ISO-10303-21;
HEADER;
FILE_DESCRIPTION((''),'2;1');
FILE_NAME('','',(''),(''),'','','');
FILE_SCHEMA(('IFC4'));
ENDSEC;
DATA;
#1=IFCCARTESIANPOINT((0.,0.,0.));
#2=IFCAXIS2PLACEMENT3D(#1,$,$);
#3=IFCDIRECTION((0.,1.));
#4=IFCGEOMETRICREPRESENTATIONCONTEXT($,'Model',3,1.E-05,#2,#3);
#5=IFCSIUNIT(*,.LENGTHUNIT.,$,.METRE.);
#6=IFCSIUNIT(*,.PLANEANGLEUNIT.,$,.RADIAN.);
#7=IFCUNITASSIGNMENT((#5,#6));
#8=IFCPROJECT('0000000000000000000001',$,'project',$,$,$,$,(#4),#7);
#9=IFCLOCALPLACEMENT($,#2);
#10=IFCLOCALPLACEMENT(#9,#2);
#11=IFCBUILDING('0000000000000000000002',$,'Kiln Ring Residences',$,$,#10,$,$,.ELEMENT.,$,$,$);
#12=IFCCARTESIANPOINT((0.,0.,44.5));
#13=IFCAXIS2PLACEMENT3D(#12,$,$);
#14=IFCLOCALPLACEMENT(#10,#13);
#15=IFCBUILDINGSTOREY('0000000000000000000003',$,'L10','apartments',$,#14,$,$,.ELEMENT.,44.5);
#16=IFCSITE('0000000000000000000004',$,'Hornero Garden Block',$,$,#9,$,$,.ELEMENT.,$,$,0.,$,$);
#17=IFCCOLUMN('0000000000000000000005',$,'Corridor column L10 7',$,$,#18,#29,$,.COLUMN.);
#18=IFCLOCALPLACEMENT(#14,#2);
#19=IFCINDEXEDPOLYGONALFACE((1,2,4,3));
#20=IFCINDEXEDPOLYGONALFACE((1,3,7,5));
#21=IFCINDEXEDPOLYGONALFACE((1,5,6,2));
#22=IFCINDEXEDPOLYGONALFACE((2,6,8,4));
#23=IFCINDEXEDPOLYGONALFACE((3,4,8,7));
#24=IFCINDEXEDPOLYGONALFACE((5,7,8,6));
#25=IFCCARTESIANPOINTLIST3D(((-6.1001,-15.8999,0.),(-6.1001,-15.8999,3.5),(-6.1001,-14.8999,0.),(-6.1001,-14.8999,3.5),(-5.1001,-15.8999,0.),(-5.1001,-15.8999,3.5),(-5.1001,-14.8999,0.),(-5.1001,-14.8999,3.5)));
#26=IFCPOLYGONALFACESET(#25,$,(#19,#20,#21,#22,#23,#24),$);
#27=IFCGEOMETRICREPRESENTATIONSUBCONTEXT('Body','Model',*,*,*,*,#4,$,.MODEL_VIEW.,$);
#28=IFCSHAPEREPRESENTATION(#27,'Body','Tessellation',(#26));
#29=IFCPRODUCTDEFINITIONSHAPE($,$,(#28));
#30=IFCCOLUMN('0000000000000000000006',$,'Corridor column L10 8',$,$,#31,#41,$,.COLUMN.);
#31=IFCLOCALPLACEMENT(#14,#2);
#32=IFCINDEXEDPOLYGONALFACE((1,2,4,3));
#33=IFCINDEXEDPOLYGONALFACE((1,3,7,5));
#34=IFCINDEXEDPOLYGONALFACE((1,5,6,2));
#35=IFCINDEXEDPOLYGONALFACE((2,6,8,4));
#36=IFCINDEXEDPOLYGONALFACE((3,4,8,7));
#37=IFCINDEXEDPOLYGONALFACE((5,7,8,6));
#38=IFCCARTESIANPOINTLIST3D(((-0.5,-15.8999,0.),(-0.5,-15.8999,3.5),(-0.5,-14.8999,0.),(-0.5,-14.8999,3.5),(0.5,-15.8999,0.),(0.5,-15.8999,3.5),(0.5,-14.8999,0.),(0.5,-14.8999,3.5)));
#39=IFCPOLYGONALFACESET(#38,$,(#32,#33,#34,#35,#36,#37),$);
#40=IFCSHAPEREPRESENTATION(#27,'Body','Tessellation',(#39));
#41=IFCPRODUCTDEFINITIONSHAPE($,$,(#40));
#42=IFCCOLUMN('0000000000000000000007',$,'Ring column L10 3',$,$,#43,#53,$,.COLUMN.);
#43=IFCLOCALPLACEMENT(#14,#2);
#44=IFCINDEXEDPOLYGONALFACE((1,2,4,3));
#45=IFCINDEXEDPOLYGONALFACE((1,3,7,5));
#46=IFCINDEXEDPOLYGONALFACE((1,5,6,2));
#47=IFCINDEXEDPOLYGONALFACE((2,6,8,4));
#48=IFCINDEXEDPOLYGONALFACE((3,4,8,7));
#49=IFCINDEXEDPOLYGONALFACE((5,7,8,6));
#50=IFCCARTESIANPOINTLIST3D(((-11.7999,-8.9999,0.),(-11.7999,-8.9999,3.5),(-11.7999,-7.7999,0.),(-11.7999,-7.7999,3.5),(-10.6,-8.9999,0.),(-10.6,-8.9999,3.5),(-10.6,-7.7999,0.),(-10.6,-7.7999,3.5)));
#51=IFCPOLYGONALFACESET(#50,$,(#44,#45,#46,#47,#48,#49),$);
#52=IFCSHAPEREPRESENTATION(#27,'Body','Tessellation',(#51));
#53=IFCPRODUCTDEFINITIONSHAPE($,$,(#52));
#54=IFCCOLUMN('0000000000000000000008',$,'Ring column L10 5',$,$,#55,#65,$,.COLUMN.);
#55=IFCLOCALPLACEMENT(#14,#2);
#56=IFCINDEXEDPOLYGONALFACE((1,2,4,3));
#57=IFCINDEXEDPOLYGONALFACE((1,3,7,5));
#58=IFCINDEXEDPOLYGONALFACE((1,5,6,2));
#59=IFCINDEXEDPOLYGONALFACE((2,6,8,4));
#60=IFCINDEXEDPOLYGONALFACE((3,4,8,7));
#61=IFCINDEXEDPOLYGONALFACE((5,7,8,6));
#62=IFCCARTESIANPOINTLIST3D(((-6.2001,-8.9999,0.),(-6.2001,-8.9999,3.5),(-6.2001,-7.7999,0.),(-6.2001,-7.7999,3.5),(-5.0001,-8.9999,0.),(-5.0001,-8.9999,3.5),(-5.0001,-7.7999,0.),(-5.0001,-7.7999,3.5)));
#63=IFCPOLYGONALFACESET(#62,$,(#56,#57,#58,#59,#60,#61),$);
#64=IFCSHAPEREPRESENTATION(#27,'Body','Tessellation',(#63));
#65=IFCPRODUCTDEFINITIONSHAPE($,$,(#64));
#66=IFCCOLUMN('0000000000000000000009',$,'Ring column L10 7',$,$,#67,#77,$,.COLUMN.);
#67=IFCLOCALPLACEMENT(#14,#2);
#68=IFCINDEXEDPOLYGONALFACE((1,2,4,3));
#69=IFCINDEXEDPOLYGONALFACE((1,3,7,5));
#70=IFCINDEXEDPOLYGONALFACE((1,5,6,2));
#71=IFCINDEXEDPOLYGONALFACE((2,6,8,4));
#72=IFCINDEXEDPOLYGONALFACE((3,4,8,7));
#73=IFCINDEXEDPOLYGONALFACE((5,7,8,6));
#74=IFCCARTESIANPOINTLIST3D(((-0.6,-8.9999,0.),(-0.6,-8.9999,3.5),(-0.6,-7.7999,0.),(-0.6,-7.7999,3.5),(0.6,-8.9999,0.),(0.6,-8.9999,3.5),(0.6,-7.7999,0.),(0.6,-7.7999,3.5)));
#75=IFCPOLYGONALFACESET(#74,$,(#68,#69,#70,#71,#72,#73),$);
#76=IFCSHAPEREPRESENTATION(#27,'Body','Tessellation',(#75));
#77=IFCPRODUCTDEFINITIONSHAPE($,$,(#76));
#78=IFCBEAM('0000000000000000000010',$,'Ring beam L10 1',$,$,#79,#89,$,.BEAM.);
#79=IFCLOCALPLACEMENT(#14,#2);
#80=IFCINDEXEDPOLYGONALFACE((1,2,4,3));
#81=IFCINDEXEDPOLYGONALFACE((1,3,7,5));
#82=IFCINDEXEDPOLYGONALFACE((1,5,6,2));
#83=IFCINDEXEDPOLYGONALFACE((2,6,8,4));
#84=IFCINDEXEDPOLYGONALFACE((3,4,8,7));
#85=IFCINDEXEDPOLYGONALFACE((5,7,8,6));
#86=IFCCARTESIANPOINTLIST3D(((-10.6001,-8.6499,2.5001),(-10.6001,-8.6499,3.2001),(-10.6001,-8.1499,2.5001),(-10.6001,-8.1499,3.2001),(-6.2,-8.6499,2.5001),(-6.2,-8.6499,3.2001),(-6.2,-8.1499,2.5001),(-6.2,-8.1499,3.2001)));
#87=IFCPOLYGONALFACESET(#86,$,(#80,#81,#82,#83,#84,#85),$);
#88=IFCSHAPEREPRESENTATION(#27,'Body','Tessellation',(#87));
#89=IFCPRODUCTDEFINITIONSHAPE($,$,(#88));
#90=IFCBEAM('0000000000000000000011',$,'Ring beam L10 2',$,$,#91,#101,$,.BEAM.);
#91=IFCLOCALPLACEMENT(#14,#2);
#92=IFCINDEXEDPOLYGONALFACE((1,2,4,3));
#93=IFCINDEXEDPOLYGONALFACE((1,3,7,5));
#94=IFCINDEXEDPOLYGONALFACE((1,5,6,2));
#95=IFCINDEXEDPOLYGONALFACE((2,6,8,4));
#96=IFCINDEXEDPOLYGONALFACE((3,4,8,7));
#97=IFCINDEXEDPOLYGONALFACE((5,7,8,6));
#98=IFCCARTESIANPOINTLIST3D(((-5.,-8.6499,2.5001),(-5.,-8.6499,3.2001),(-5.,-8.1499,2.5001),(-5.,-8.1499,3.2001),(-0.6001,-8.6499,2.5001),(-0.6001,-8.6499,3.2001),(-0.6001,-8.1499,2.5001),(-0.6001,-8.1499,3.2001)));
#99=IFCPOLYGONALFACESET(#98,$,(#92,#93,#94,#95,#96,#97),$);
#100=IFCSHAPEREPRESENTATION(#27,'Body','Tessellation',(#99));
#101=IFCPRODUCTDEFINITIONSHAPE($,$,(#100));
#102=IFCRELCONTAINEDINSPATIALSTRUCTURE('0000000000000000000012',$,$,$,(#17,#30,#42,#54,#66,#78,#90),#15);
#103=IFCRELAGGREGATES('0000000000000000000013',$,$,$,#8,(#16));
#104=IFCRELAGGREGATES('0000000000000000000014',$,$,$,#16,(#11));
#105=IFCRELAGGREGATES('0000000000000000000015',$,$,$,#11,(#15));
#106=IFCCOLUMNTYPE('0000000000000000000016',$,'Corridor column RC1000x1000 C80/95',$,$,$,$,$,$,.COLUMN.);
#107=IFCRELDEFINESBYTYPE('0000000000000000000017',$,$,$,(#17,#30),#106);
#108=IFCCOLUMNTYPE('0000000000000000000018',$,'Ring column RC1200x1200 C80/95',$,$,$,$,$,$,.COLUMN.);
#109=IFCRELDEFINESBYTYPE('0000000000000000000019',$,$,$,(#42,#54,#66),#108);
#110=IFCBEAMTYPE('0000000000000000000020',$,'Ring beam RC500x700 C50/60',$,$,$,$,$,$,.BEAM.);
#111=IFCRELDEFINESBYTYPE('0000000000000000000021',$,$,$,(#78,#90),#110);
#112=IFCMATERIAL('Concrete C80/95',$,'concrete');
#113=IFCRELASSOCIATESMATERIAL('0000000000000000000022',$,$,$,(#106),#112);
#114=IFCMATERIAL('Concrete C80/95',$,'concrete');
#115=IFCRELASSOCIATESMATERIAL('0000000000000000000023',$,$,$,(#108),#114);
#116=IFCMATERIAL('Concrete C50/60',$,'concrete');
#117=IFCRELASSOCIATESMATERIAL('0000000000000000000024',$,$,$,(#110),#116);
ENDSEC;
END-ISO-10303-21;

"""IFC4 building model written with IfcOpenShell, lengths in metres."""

from ifc_helpers import new_model, si_unit, direction, frame, origin, origin_2d, place, context, subcontext, project, spatial, rectangle, extrude, material, material_profile, profile_set, type_object, element, save


model = new_model("IFC4")

# Units and contexts
model_context = context("Model", 3, precision=1e-05, world=origin(), true_north=direction((0.0, 1.0)))
body_context = subcontext(model_context, "Body", "Model", "MODEL_VIEW")
ifc_project = project(units=[si_unit("LENGTHUNIT", "METRE"), si_unit("PLANEANGLEUNIT", "RADIAN")], contexts=[model_context])

# Site, building, storey
site_placement = place(None, origin())
site = spatial("IfcSite", under=ifc_project, at=site_placement, Name="Hornero Garden Block", CompositionType="ELEMENT", RefElevation=0.0)
building_placement = place(site_placement, origin())
building = spatial("IfcBuilding", under=site, at=building_placement, Name="Kiln Ring Residences", CompositionType="ELEMENT")
storey_placement = place(building_placement, frame((0.0, 0.0, 44.5)))
storey = spatial("IfcBuildingStorey", under=building, at=storey_placement, Name="L10", Description="apartments", CompositionType="ELEMENT", Elevation=44.5)

# Columns
ifc_material_1 = material(Name="Concrete C80/95", Category="concrete")
ifc_material_profile_1 = material_profile(ifc_material_1, rectangle(XDim=1.0, YDim=1.0, at=origin_2d()), Name="RC1000x1000")
ifc_profile_set_1 = profile_set([ifc_material_profile_1], Name="Concrete C80/95")
column_type_1 = type_object("IfcColumnType", Name="Corridor column RC1000x1000 C80/95", PredefinedType="COLUMN", material=ifc_profile_set_1)
for number, where, z_axis, x_axis, name in (
    (1, (-5.6001, -15.3999, 0.0), (0.0, 0.0, 1.0), (1.0, 0.0, 0.0), "Corridor column L10 7"),
    (2, (0.0, -15.3999, 0.0), (0.0, 0.0, 1.0), (1.0, 0.0, 0.0), "Corridor column L10 8"),
):
    element("IfcColumn", number, at=place(storey_placement, frame(where, z_axis=z_axis, x_axis=x_axis)), inside=storey, type_object=column_type_1, Name=name, PredefinedType="COLUMN", context=body_context, shape_type="SweptSolid", body=[
        extrude(rectangle(XDim=1.0, YDim=1.0, at=origin_2d()), origin(), (0.0, 0.0, 1.0), 3.5),
    ])
ifc_material_2 = material(Name="Concrete C80/95", Category="concrete")
ifc_material_profile_2 = material_profile(ifc_material_2, rectangle(XDim=1.2, YDim=1.2, at=origin_2d()), Name="RC1200x1200")
ifc_profile_set_2 = profile_set([ifc_material_profile_2], Name="Concrete C80/95")
column_type_2 = type_object("IfcColumnType", Name="Ring column RC1200x1200 C80/95", PredefinedType="COLUMN", material=ifc_profile_set_2)
for number, where, z_axis, x_axis, name in (
    (3, (-11.2, -8.3999, 0.0), (0.0, 0.0, 1.0), (1.0, 0.0, 0.0), "Ring column L10 3"),
    (4, (-5.6001, -8.3999, 0.0), (0.0, 0.0, 1.0), (1.0, 0.0, 0.0), "Ring column L10 5"),
    (5, (0.0, -8.3999, 0.0), (0.0, 0.0, 1.0), (1.0, 0.0, 0.0), "Ring column L10 7"),
):
    element("IfcColumn", number, at=place(storey_placement, frame(where, z_axis=z_axis, x_axis=x_axis)), inside=storey, type_object=column_type_2, Name=name, PredefinedType="COLUMN", context=body_context, shape_type="SweptSolid", body=[
        extrude(rectangle(XDim=1.2, YDim=1.2, at=origin_2d()), origin(), (0.0, 0.0, 1.0), 3.5),
    ])

# Beams
ifc_material_3 = material(Name="Concrete C50/60", Category="concrete")
ifc_material_profile_3 = material_profile(ifc_material_3, rectangle(XDim=0.5, YDim=0.7, at=origin_2d()), Name="RC500x700")
ifc_profile_set_3 = profile_set([ifc_material_profile_3], Name="Concrete C50/60")
beam_type = type_object("IfcBeamType", Name="Ring beam RC500x700 C50/60", PredefinedType="BEAM", material=ifc_profile_set_3)
beam_1_placement = place(storey_placement, frame((-10.6001, -8.3999, 2.8501), z_axis=(1.0, 0.0, 0.0), x_axis=(0.0, 1.0, 0.0)))
element("IfcBeam", 6, at=beam_1_placement, inside=storey, type_object=beam_type, Name="Ring beam L10 1", PredefinedType="BEAM", context=body_context, shape_type="SweptSolid", body=[
    extrude(rectangle(XDim=0.5, YDim=0.7, at=origin_2d()), origin(), (0.0, 0.0, 1.0), 4.4001),
])
beam_2_placement = place(storey_placement, frame((-5.0, -8.3999, 2.8501), z_axis=(1.0, 0.0, 0.0), x_axis=(0.0, 1.0, 0.0)))
element("IfcBeam", 7, at=beam_2_placement, inside=storey, type_object=beam_type, Name="Ring beam L10 2", PredefinedType="BEAM", context=body_context, shape_type="SweptSolid", body=[
    extrude(rectangle(XDim=0.5, YDim=0.7, at=origin_2d()), origin(), (0.0, 0.0, 1.0), 4.3999),
])

save(model, "model.ifc")
